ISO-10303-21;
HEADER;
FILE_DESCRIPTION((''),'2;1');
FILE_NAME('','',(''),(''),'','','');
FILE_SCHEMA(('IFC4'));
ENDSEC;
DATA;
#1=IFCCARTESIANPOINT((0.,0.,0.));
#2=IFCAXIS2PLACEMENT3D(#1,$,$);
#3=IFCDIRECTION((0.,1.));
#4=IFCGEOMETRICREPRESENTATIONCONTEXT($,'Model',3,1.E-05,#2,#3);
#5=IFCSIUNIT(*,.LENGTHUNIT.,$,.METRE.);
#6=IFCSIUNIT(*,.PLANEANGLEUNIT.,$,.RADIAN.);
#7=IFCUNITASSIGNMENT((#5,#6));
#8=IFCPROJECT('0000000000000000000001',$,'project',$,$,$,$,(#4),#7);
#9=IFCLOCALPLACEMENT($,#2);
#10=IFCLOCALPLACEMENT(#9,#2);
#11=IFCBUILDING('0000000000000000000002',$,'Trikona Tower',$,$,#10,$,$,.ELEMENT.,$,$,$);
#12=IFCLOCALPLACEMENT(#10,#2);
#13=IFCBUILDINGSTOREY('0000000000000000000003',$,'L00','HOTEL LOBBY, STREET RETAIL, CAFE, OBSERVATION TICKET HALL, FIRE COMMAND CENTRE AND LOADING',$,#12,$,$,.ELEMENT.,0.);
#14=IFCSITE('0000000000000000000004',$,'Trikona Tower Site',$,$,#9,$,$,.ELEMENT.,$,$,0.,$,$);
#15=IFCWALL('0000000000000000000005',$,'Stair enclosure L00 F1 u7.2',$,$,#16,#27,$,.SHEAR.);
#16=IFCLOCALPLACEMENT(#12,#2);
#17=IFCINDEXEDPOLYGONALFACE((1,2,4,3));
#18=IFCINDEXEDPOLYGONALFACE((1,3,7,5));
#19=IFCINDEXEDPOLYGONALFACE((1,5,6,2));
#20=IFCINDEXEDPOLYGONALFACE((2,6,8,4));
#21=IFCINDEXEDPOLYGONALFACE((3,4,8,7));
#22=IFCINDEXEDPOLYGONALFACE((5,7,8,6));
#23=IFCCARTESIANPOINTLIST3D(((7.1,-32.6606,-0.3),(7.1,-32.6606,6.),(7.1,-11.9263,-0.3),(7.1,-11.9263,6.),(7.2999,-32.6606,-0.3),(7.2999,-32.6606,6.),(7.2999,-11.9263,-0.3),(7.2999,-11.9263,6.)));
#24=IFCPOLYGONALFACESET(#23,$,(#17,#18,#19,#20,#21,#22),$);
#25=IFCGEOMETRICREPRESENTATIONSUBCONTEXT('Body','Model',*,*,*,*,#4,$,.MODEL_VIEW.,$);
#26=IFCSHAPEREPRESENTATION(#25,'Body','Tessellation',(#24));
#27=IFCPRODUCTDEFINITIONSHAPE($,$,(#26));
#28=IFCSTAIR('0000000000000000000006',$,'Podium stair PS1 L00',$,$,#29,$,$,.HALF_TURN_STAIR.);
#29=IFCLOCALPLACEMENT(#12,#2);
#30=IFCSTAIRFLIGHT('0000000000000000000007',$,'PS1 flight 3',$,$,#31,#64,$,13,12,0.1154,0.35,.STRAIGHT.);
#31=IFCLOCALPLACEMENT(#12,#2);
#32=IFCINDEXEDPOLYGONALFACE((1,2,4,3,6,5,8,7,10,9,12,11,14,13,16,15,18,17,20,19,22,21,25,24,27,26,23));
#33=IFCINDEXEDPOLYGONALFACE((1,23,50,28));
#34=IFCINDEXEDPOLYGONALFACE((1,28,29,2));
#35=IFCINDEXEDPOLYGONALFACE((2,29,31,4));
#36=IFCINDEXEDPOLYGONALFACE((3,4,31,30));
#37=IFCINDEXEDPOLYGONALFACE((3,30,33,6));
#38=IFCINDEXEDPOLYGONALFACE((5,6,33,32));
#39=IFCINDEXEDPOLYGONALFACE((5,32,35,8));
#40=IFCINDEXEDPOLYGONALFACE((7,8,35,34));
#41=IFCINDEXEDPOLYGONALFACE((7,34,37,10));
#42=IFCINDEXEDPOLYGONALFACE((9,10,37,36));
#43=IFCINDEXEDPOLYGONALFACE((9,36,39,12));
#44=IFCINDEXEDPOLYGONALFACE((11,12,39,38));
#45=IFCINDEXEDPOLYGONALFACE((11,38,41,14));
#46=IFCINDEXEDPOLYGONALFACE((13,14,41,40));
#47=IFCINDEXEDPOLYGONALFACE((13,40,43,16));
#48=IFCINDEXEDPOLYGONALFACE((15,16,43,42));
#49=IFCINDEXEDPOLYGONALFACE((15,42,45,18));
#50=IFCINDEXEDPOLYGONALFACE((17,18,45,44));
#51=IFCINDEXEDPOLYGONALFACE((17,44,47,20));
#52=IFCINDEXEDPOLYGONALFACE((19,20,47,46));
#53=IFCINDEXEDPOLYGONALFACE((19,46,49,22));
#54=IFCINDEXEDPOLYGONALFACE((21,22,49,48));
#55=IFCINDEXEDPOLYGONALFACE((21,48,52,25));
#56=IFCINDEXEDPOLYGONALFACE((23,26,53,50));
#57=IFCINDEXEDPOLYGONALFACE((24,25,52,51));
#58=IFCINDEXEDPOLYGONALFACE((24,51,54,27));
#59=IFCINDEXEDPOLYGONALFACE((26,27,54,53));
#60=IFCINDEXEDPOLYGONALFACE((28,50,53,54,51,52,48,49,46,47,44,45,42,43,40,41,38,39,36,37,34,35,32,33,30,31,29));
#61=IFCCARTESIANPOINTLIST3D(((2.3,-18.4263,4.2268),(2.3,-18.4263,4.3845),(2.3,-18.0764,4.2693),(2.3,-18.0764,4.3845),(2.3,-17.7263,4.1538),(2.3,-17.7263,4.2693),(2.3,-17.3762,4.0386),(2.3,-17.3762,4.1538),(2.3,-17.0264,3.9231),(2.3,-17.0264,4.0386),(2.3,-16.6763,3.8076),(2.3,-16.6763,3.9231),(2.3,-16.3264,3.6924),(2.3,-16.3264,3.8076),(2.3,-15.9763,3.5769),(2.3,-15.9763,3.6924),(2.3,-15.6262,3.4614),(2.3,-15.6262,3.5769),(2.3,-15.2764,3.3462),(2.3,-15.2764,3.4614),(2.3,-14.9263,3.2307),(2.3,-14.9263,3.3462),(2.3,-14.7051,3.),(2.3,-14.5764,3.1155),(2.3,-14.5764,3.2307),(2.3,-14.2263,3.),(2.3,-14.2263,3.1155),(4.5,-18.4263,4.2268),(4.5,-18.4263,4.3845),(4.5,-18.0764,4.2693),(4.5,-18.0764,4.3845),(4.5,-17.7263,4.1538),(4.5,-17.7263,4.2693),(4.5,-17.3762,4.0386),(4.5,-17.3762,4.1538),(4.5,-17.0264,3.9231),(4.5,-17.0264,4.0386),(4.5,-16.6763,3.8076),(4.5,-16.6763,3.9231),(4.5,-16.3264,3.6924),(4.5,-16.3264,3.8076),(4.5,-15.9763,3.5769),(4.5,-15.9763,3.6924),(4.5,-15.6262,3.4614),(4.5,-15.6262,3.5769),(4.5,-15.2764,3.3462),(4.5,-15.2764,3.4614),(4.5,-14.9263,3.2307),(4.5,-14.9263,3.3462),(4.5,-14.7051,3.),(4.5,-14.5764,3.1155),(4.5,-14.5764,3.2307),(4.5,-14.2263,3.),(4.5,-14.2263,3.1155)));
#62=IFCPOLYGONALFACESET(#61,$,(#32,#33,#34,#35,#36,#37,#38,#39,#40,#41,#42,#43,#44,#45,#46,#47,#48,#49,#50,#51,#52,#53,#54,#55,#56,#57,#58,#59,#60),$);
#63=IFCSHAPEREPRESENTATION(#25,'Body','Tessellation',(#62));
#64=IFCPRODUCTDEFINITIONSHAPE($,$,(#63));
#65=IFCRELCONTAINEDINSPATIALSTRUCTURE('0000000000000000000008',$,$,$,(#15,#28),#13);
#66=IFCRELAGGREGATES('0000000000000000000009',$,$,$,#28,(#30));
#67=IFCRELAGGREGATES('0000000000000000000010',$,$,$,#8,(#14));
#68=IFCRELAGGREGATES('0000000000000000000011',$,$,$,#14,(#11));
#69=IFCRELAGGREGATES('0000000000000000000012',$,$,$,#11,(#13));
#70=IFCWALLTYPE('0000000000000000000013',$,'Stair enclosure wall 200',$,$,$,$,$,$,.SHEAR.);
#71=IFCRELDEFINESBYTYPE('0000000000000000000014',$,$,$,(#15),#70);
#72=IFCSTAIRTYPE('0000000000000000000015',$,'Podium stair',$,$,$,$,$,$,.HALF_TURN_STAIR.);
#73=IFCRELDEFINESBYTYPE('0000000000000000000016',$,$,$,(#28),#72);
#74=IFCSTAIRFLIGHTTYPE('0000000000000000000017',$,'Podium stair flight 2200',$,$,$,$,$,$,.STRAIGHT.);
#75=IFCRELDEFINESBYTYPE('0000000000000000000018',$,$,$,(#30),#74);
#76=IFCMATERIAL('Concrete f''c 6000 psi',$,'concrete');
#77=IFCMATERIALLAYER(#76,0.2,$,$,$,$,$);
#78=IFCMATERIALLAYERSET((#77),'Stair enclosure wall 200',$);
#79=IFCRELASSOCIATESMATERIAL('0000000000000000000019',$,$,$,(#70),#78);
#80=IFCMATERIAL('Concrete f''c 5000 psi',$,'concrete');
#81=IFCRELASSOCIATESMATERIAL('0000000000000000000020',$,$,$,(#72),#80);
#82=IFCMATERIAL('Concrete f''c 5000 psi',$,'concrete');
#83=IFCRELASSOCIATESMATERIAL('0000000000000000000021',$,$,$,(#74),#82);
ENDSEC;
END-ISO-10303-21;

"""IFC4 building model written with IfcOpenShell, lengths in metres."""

from ifc_helpers import new_model, si_unit, direction, frame, frame_2d, origin, place, context, subcontext, project, spatial, polyline, rectangle, outline, extrude, material, layer, layer_set, type_object, element, aggregate, save


model = new_model("IFC4")

# Units and contexts
model_context = context("Model", 3, precision=1e-05, world=origin(), true_north=direction((0.0, 1.0)))
body_context = subcontext(model_context, "Body", "Model", "MODEL_VIEW")
ifc_project = project(units=[si_unit("LENGTHUNIT", "METRE"), si_unit("PLANEANGLEUNIT", "RADIAN")], contexts=[model_context])

# Site, building, storey
site_placement = place(None, origin())
site = spatial("IfcSite", under=ifc_project, at=site_placement, Name="Trikona Tower Site", CompositionType="ELEMENT", RefElevation=0.0)
building_placement = place(site_placement, origin())
building = spatial("IfcBuilding", under=site, at=building_placement, Name="Trikona Tower", CompositionType="ELEMENT")
storey_placement = place(building_placement, origin())
storey = spatial("IfcBuildingStorey", under=building, at=storey_placement, Name="L00", Description="HOTEL LOBBY, STREET RETAIL, CAFE, OBSERVATION TICKET HALL, FIRE COMMAND CENTRE AND LOADING", CompositionType="ELEMENT", Elevation=0.0)

# Wall
ifc_material_1 = material(Name="Concrete f'c 6000 psi", Category="concrete")
ifc_layer_1 = layer(ifc_material_1, 0.2)
ifc_layer_set_1 = layer_set([ifc_layer_1], Name="Stair enclosure wall 200")
wall_type_1 = type_object("IfcWallType", Name="Stair enclosure wall 200", PredefinedType="SHEAR", material=ifc_layer_set_1)
wall_1_placement = place(storey_placement, frame((7.2, -11.9263, -0.3), z_axis=(0.0, 0.0, 1.0), x_axis=(0.0, -1.0, 0.0)))
element("IfcWall", 1, at=wall_1_placement, inside=storey, type_object=wall_type_1, Name="Stair enclosure L00 F1 u7.2", PredefinedType="SHEAR", context=body_context, shape_type="SweptSolid", body=[
    extrude(rectangle(XDim=20.7344, YDim=0.2, at=frame_2d((10.3672, 0.0))), origin(), (0.0, 0.0, 1.0), 6.3),
])

# Stair, stair flight
ifc_material_2 = material(Name="Concrete f'c 5000 psi", Category="concrete")
stair_type = type_object("IfcStairType", Name="Podium stair", PredefinedType="HALF_TURN_STAIR", material=ifc_material_2)
stair_placement = place(storey_placement, origin())
stair = element("IfcStair", 2, at=stair_placement, inside=storey, type_object=stair_type, Name="Podium stair PS1 L00", PredefinedType="HALF_TURN_STAIR")
ifc_material_3 = material(Name="Concrete f'c 5000 psi", Category="concrete")
stair_flight_type = type_object("IfcStairFlightType", Name="Podium stair flight 2200", PredefinedType="STRAIGHT", material=ifc_material_3)
stair_flight_placement = place(storey_placement, frame((3.3999, -14.2263, 3.0), z_axis=(0.0, 0.0, 1.0), x_axis=(0.0, -1.0, 0.0)))
stair_flight = element("IfcStairFlight", 3, at=stair_flight_placement, type_object=stair_flight_type, Name="PS1 flight 3", NumberOfRisers=13, NumberOfTreads=12, PredefinedType="STRAIGHT", RiserHeight=0.1154, TreadLength=0.35, context=body_context, shape_type="SweptSolid", body=[
    extrude(outline(polyline([(0.0, 0.0), (0.0, 0.1155), (0.3501, 0.1155), (0.3501, 0.2307), (0.7, 0.2307), (0.7, 0.3462), (1.05, 0.3462), (1.05, 0.4614), (1.3999, 0.4614), (1.3999, 0.5769), (1.75, 0.5769), (1.75, 0.6924), (2.1001, 0.6924), (2.1001, 0.8076), (2.45, 0.8076), (2.45, 0.9231), (2.8, 0.9231), (2.8, 1.0386), (3.1499, 1.0386), (3.1499, 1.1538), (3.5, 1.1538), (3.5, 1.2693), (3.8501, 1.2693), (3.8501, 1.3845), (4.2, 1.3845), (4.2, 1.5), (4.2, 1.2268), (0.4788, 0.0), (0.0, 0.0)])), frame((0.0, 1.1001, 0.0), z_axis=(0.0, -1.0, 0.0), x_axis=(1.0, 0.0, 0.0)), (0.0, 0.0, 1.0), 2.2),
])
aggregate(stair, [stair_flight])

save(model, "model.ifc")
